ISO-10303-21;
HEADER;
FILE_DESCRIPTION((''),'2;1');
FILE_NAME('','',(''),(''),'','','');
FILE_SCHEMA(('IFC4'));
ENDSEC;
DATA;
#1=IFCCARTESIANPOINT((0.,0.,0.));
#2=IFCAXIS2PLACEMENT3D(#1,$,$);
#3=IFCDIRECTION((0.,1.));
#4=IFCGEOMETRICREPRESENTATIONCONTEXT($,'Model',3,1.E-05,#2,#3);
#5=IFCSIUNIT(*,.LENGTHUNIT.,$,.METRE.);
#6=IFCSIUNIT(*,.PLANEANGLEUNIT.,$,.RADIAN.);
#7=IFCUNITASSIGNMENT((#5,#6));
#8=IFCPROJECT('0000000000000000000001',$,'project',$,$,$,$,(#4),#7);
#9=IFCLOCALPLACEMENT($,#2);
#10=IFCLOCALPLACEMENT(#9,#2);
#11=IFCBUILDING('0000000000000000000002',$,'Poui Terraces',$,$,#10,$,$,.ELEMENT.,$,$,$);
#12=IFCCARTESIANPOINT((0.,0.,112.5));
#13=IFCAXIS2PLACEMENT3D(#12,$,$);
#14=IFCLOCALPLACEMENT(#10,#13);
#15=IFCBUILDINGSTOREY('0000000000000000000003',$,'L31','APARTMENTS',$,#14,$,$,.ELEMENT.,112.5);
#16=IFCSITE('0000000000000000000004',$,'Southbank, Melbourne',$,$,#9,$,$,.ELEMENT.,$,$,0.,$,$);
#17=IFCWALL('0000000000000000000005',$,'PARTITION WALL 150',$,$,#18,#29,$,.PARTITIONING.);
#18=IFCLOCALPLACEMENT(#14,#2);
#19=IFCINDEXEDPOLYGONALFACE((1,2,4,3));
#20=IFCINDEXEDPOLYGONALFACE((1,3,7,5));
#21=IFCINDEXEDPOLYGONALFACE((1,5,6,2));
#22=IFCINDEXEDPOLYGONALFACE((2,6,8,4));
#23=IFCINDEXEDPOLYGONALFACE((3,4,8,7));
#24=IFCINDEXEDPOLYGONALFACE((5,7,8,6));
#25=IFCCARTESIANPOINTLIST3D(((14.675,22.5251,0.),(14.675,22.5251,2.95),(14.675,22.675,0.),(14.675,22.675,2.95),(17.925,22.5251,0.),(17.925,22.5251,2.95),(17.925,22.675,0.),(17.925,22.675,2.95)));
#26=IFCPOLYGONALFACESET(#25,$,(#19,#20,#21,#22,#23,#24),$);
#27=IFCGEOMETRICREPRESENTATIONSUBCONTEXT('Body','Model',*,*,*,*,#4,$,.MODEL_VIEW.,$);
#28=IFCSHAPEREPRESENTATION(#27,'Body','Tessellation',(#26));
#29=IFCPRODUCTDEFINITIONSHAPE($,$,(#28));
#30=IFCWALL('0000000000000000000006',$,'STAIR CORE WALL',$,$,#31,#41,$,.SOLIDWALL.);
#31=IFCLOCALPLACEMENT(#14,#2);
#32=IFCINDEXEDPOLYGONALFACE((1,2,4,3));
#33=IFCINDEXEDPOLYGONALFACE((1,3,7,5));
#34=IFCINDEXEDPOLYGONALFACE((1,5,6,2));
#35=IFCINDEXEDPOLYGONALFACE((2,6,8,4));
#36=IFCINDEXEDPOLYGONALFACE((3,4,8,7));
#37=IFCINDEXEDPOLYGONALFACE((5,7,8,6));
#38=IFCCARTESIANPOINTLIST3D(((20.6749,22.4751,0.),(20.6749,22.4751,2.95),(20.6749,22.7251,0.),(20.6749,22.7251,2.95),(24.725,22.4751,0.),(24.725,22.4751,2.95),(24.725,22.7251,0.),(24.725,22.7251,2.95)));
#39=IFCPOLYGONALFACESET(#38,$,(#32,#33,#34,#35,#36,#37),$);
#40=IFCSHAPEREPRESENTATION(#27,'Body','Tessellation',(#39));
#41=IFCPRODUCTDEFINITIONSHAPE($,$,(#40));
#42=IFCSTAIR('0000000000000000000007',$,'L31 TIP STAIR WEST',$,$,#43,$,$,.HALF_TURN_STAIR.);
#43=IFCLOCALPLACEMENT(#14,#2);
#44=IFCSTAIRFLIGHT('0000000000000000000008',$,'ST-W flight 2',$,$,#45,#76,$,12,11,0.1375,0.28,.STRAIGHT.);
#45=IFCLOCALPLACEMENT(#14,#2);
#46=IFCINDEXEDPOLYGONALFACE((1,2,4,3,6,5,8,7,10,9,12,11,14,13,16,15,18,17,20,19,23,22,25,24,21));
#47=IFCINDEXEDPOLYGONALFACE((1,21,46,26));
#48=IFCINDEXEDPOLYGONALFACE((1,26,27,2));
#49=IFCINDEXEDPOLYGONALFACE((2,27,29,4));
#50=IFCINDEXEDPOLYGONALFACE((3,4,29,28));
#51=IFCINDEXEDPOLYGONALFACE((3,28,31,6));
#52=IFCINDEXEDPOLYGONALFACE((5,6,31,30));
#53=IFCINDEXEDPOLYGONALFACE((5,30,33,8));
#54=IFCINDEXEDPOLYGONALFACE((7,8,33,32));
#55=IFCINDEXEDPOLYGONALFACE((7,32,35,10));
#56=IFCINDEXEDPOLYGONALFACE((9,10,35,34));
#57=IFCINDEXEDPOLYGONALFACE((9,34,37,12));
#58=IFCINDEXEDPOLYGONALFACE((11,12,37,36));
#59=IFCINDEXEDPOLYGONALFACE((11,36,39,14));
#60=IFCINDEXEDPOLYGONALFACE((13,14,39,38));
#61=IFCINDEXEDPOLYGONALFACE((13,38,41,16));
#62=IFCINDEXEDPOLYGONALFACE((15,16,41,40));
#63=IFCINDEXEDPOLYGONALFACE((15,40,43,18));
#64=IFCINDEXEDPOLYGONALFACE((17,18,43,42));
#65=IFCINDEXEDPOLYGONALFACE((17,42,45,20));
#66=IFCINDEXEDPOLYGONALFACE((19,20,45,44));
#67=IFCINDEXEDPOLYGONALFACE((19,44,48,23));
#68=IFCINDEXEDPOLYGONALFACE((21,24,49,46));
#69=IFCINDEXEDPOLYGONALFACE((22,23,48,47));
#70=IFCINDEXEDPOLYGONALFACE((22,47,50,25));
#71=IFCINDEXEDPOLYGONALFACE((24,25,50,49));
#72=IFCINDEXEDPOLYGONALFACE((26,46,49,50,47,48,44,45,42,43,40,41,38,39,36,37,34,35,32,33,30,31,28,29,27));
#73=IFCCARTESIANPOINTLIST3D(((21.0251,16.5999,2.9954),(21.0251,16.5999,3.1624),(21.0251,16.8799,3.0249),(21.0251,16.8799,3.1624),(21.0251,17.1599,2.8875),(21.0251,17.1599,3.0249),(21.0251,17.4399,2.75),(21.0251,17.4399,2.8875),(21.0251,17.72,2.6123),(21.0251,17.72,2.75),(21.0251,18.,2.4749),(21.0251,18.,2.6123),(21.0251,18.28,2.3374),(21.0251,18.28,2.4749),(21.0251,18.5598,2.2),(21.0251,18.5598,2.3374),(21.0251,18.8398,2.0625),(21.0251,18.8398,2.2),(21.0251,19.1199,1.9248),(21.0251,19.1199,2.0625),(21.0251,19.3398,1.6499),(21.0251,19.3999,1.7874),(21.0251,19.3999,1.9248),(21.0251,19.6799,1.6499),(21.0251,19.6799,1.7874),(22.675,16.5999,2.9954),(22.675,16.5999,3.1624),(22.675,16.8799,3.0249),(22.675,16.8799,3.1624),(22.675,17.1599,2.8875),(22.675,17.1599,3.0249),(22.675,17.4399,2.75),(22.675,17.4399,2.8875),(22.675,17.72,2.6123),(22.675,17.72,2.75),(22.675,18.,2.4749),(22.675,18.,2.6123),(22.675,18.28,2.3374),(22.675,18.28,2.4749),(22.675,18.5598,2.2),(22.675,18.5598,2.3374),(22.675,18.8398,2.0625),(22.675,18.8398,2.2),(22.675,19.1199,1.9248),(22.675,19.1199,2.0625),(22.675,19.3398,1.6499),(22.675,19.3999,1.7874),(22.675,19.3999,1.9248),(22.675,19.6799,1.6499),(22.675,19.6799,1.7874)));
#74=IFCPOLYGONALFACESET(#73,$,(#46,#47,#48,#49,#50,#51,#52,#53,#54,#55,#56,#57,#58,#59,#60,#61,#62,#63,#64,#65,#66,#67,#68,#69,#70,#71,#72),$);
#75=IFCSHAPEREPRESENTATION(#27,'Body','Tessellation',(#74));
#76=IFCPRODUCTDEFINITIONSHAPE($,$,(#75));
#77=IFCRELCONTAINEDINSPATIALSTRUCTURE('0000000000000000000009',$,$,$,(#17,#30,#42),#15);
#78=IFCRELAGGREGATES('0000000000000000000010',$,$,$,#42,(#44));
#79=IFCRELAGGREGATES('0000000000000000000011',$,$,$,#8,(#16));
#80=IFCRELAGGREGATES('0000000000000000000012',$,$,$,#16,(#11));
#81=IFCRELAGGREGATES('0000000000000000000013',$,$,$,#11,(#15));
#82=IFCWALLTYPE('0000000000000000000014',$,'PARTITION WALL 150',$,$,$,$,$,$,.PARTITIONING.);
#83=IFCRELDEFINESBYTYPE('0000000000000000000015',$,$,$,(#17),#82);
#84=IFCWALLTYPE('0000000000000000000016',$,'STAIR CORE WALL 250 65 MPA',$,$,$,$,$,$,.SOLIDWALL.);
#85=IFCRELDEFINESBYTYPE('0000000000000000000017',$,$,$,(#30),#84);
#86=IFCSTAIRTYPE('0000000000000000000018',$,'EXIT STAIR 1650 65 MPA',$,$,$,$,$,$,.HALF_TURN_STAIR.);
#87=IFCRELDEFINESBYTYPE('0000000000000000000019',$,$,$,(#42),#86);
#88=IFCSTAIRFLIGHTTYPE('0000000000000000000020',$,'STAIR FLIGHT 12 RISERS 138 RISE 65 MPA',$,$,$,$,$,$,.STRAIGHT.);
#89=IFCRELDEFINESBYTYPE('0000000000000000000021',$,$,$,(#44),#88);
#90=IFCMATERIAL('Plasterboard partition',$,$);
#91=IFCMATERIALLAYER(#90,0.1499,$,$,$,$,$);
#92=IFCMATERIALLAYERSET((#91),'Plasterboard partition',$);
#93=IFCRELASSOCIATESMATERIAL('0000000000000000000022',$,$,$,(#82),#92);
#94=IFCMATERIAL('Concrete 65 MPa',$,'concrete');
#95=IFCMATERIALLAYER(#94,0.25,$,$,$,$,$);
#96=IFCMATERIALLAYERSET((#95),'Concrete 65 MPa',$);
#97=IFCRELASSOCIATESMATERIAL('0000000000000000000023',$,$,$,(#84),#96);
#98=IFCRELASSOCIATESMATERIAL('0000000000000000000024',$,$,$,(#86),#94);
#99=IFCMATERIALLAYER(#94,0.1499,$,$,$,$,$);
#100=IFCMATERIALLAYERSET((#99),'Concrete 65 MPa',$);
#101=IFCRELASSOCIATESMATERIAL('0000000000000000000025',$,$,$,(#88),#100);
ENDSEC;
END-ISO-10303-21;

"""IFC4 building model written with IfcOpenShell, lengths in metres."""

from ifc_helpers import new_model, si_unit, direction, frame, frame_2d, origin, place, context, subcontext, project, spatial, polyline, rectangle, outline, extrude, material, layer, layer_set, type_object, element, aggregate, save


model = new_model("IFC4")

# Units and contexts
model_context = context("Model", 3, precision=1e-05, world=origin(), true_north=direction((0.0, 1.0)))
body_context = subcontext(model_context, "Body", "Model", "MODEL_VIEW")
ifc_project = project(units=[si_unit("LENGTHUNIT", "METRE"), si_unit("PLANEANGLEUNIT", "RADIAN")], contexts=[model_context])

# Site, building, storey
site_placement = place(None, origin())
site = spatial("IfcSite", under=ifc_project, at=site_placement, Name="Southbank, Melbourne", CompositionType="ELEMENT", RefElevation=0.0)
building_placement = place(site_placement, origin())
building = spatial("IfcBuilding", under=site, at=building_placement, Name="Poui Terraces", CompositionType="ELEMENT")
storey_placement = place(building_placement, frame((0.0, 0.0, 112.5)))
storey = spatial("IfcBuildingStorey", under=building, at=storey_placement, Name="L31", Description="APARTMENTS", CompositionType="ELEMENT", Elevation=112.5)

# Walls
ifc_material_1 = material(Name="Plasterboard partition")
ifc_layer_1 = layer(ifc_material_1, 0.1499)
ifc_layer_set_1 = layer_set([ifc_layer_1], Name="Plasterboard partition")
wall_type_1 = type_object("IfcWallType", Name="PARTITION WALL 150", PredefinedType="PARTITIONING", material=ifc_layer_set_1)
wall_1_placement = place(storey_placement, frame((14.675, 22.6001, 0.0), z_axis=(0.0, 0.0, 1.0), x_axis=(1.0, 0.0, 0.0)))
element("IfcWall", 1, at=wall_1_placement, inside=storey, type_object=wall_type_1, Name="PARTITION WALL 150", PredefinedType="PARTITIONING", context=body_context, shape_type="SweptSolid", body=[
    extrude(rectangle(XDim=3.25, YDim=0.1499, at=frame_2d((1.625, 0.0))), origin(), (0.0, 0.0, 1.0), 2.95),
])
ifc_material_2 = material(Name="Concrete 65 MPa", Category="concrete")
ifc_layer_2 = layer(ifc_material_2, 0.25)
ifc_layer_set_2 = layer_set([ifc_layer_2], Name="Concrete 65 MPa")
wall_type_2 = type_object("IfcWallType", Name="STAIR CORE WALL 250 65 MPA", PredefinedType="SOLIDWALL", material=ifc_layer_set_2)
wall_2_placement = place(storey_placement, frame((20.675, 22.6001, 0.0), z_axis=(0.0, 0.0, 1.0), x_axis=(1.0, 0.0, 0.0)))
element("IfcWall", 2, at=wall_2_placement, inside=storey, type_object=wall_type_2, Name="STAIR CORE WALL", PredefinedType="SOLIDWALL", context=body_context, shape_type="SweptSolid", body=[
    extrude(rectangle(XDim=4.05, YDim=0.25, at=frame_2d((2.0249, 0.0))), origin(), (0.0, 0.0, 1.0), 2.95),
])

# Stair, stair flight
stair_type = type_object("IfcStairType", Name="EXIT STAIR 1650 65 MPA", PredefinedType="HALF_TURN_STAIR", material=ifc_material_2)
stair_placement = place(storey_placement, origin())
stair = element("IfcStair", 3, at=stair_placement, inside=storey, type_object=stair_type, Name="L31 TIP STAIR WEST", PredefinedType="HALF_TURN_STAIR")
ifc_layer_3 = layer(ifc_material_2, 0.1499)
ifc_layer_set_3 = layer_set([ifc_layer_3], Name="Concrete 65 MPa")
stair_flight_type = type_object("IfcStairFlightType", Name="STAIR FLIGHT 12 RISERS 138 RISE 65 MPA", PredefinedType="STRAIGHT", material=ifc_layer_set_3)
stair_flight_placement = place(storey_placement, frame((21.8501, 19.6799, 1.6499), z_axis=(0.0, 0.0, 1.0), x_axis=(0.0, -1.0, 0.0)))
stair_flight = element("IfcStairFlight", 4, at=stair_flight_placement, type_object=stair_flight_type, Name="ST-W flight 2", NumberOfRisers=12, NumberOfTreads=11, PredefinedType="STRAIGHT", RiserHeight=0.1375, TreadLength=0.28, context=body_context, shape_type="SweptSolid", body=[
    extrude(outline(polyline([(0.0, 0.0), (0.0, 0.1375), (0.28, 0.1375), (0.28, 0.2749), (0.5601, 0.2749), (0.5601, 0.4126), (0.8401, 0.4126), (0.8401, 0.55), (1.1201, 0.55), (1.1201, 0.6875), (1.3999, 0.6875), (1.3999, 0.825), (1.6799, 0.825), (1.6799, 0.9624), (1.96, 0.9624), (1.96, 1.1001), (2.24, 1.1001), (2.24, 1.2375), (2.52, 1.2375), (2.52, 1.375), (2.8, 1.375), (2.8, 1.5125), (3.0801, 1.5125), (3.0801, 1.6499), (3.0801, 1.3455), (0.3401, 0.0), (0.0, 0.0)])), frame((0.0, 0.825, 0.0), z_axis=(0.0, -1.0, 0.0), x_axis=(1.0, 0.0, 0.0)), (0.0, 0.0, 1.0), 1.6499),
])
aggregate(stair, [stair_flight])

save(model, "model.ifc")
